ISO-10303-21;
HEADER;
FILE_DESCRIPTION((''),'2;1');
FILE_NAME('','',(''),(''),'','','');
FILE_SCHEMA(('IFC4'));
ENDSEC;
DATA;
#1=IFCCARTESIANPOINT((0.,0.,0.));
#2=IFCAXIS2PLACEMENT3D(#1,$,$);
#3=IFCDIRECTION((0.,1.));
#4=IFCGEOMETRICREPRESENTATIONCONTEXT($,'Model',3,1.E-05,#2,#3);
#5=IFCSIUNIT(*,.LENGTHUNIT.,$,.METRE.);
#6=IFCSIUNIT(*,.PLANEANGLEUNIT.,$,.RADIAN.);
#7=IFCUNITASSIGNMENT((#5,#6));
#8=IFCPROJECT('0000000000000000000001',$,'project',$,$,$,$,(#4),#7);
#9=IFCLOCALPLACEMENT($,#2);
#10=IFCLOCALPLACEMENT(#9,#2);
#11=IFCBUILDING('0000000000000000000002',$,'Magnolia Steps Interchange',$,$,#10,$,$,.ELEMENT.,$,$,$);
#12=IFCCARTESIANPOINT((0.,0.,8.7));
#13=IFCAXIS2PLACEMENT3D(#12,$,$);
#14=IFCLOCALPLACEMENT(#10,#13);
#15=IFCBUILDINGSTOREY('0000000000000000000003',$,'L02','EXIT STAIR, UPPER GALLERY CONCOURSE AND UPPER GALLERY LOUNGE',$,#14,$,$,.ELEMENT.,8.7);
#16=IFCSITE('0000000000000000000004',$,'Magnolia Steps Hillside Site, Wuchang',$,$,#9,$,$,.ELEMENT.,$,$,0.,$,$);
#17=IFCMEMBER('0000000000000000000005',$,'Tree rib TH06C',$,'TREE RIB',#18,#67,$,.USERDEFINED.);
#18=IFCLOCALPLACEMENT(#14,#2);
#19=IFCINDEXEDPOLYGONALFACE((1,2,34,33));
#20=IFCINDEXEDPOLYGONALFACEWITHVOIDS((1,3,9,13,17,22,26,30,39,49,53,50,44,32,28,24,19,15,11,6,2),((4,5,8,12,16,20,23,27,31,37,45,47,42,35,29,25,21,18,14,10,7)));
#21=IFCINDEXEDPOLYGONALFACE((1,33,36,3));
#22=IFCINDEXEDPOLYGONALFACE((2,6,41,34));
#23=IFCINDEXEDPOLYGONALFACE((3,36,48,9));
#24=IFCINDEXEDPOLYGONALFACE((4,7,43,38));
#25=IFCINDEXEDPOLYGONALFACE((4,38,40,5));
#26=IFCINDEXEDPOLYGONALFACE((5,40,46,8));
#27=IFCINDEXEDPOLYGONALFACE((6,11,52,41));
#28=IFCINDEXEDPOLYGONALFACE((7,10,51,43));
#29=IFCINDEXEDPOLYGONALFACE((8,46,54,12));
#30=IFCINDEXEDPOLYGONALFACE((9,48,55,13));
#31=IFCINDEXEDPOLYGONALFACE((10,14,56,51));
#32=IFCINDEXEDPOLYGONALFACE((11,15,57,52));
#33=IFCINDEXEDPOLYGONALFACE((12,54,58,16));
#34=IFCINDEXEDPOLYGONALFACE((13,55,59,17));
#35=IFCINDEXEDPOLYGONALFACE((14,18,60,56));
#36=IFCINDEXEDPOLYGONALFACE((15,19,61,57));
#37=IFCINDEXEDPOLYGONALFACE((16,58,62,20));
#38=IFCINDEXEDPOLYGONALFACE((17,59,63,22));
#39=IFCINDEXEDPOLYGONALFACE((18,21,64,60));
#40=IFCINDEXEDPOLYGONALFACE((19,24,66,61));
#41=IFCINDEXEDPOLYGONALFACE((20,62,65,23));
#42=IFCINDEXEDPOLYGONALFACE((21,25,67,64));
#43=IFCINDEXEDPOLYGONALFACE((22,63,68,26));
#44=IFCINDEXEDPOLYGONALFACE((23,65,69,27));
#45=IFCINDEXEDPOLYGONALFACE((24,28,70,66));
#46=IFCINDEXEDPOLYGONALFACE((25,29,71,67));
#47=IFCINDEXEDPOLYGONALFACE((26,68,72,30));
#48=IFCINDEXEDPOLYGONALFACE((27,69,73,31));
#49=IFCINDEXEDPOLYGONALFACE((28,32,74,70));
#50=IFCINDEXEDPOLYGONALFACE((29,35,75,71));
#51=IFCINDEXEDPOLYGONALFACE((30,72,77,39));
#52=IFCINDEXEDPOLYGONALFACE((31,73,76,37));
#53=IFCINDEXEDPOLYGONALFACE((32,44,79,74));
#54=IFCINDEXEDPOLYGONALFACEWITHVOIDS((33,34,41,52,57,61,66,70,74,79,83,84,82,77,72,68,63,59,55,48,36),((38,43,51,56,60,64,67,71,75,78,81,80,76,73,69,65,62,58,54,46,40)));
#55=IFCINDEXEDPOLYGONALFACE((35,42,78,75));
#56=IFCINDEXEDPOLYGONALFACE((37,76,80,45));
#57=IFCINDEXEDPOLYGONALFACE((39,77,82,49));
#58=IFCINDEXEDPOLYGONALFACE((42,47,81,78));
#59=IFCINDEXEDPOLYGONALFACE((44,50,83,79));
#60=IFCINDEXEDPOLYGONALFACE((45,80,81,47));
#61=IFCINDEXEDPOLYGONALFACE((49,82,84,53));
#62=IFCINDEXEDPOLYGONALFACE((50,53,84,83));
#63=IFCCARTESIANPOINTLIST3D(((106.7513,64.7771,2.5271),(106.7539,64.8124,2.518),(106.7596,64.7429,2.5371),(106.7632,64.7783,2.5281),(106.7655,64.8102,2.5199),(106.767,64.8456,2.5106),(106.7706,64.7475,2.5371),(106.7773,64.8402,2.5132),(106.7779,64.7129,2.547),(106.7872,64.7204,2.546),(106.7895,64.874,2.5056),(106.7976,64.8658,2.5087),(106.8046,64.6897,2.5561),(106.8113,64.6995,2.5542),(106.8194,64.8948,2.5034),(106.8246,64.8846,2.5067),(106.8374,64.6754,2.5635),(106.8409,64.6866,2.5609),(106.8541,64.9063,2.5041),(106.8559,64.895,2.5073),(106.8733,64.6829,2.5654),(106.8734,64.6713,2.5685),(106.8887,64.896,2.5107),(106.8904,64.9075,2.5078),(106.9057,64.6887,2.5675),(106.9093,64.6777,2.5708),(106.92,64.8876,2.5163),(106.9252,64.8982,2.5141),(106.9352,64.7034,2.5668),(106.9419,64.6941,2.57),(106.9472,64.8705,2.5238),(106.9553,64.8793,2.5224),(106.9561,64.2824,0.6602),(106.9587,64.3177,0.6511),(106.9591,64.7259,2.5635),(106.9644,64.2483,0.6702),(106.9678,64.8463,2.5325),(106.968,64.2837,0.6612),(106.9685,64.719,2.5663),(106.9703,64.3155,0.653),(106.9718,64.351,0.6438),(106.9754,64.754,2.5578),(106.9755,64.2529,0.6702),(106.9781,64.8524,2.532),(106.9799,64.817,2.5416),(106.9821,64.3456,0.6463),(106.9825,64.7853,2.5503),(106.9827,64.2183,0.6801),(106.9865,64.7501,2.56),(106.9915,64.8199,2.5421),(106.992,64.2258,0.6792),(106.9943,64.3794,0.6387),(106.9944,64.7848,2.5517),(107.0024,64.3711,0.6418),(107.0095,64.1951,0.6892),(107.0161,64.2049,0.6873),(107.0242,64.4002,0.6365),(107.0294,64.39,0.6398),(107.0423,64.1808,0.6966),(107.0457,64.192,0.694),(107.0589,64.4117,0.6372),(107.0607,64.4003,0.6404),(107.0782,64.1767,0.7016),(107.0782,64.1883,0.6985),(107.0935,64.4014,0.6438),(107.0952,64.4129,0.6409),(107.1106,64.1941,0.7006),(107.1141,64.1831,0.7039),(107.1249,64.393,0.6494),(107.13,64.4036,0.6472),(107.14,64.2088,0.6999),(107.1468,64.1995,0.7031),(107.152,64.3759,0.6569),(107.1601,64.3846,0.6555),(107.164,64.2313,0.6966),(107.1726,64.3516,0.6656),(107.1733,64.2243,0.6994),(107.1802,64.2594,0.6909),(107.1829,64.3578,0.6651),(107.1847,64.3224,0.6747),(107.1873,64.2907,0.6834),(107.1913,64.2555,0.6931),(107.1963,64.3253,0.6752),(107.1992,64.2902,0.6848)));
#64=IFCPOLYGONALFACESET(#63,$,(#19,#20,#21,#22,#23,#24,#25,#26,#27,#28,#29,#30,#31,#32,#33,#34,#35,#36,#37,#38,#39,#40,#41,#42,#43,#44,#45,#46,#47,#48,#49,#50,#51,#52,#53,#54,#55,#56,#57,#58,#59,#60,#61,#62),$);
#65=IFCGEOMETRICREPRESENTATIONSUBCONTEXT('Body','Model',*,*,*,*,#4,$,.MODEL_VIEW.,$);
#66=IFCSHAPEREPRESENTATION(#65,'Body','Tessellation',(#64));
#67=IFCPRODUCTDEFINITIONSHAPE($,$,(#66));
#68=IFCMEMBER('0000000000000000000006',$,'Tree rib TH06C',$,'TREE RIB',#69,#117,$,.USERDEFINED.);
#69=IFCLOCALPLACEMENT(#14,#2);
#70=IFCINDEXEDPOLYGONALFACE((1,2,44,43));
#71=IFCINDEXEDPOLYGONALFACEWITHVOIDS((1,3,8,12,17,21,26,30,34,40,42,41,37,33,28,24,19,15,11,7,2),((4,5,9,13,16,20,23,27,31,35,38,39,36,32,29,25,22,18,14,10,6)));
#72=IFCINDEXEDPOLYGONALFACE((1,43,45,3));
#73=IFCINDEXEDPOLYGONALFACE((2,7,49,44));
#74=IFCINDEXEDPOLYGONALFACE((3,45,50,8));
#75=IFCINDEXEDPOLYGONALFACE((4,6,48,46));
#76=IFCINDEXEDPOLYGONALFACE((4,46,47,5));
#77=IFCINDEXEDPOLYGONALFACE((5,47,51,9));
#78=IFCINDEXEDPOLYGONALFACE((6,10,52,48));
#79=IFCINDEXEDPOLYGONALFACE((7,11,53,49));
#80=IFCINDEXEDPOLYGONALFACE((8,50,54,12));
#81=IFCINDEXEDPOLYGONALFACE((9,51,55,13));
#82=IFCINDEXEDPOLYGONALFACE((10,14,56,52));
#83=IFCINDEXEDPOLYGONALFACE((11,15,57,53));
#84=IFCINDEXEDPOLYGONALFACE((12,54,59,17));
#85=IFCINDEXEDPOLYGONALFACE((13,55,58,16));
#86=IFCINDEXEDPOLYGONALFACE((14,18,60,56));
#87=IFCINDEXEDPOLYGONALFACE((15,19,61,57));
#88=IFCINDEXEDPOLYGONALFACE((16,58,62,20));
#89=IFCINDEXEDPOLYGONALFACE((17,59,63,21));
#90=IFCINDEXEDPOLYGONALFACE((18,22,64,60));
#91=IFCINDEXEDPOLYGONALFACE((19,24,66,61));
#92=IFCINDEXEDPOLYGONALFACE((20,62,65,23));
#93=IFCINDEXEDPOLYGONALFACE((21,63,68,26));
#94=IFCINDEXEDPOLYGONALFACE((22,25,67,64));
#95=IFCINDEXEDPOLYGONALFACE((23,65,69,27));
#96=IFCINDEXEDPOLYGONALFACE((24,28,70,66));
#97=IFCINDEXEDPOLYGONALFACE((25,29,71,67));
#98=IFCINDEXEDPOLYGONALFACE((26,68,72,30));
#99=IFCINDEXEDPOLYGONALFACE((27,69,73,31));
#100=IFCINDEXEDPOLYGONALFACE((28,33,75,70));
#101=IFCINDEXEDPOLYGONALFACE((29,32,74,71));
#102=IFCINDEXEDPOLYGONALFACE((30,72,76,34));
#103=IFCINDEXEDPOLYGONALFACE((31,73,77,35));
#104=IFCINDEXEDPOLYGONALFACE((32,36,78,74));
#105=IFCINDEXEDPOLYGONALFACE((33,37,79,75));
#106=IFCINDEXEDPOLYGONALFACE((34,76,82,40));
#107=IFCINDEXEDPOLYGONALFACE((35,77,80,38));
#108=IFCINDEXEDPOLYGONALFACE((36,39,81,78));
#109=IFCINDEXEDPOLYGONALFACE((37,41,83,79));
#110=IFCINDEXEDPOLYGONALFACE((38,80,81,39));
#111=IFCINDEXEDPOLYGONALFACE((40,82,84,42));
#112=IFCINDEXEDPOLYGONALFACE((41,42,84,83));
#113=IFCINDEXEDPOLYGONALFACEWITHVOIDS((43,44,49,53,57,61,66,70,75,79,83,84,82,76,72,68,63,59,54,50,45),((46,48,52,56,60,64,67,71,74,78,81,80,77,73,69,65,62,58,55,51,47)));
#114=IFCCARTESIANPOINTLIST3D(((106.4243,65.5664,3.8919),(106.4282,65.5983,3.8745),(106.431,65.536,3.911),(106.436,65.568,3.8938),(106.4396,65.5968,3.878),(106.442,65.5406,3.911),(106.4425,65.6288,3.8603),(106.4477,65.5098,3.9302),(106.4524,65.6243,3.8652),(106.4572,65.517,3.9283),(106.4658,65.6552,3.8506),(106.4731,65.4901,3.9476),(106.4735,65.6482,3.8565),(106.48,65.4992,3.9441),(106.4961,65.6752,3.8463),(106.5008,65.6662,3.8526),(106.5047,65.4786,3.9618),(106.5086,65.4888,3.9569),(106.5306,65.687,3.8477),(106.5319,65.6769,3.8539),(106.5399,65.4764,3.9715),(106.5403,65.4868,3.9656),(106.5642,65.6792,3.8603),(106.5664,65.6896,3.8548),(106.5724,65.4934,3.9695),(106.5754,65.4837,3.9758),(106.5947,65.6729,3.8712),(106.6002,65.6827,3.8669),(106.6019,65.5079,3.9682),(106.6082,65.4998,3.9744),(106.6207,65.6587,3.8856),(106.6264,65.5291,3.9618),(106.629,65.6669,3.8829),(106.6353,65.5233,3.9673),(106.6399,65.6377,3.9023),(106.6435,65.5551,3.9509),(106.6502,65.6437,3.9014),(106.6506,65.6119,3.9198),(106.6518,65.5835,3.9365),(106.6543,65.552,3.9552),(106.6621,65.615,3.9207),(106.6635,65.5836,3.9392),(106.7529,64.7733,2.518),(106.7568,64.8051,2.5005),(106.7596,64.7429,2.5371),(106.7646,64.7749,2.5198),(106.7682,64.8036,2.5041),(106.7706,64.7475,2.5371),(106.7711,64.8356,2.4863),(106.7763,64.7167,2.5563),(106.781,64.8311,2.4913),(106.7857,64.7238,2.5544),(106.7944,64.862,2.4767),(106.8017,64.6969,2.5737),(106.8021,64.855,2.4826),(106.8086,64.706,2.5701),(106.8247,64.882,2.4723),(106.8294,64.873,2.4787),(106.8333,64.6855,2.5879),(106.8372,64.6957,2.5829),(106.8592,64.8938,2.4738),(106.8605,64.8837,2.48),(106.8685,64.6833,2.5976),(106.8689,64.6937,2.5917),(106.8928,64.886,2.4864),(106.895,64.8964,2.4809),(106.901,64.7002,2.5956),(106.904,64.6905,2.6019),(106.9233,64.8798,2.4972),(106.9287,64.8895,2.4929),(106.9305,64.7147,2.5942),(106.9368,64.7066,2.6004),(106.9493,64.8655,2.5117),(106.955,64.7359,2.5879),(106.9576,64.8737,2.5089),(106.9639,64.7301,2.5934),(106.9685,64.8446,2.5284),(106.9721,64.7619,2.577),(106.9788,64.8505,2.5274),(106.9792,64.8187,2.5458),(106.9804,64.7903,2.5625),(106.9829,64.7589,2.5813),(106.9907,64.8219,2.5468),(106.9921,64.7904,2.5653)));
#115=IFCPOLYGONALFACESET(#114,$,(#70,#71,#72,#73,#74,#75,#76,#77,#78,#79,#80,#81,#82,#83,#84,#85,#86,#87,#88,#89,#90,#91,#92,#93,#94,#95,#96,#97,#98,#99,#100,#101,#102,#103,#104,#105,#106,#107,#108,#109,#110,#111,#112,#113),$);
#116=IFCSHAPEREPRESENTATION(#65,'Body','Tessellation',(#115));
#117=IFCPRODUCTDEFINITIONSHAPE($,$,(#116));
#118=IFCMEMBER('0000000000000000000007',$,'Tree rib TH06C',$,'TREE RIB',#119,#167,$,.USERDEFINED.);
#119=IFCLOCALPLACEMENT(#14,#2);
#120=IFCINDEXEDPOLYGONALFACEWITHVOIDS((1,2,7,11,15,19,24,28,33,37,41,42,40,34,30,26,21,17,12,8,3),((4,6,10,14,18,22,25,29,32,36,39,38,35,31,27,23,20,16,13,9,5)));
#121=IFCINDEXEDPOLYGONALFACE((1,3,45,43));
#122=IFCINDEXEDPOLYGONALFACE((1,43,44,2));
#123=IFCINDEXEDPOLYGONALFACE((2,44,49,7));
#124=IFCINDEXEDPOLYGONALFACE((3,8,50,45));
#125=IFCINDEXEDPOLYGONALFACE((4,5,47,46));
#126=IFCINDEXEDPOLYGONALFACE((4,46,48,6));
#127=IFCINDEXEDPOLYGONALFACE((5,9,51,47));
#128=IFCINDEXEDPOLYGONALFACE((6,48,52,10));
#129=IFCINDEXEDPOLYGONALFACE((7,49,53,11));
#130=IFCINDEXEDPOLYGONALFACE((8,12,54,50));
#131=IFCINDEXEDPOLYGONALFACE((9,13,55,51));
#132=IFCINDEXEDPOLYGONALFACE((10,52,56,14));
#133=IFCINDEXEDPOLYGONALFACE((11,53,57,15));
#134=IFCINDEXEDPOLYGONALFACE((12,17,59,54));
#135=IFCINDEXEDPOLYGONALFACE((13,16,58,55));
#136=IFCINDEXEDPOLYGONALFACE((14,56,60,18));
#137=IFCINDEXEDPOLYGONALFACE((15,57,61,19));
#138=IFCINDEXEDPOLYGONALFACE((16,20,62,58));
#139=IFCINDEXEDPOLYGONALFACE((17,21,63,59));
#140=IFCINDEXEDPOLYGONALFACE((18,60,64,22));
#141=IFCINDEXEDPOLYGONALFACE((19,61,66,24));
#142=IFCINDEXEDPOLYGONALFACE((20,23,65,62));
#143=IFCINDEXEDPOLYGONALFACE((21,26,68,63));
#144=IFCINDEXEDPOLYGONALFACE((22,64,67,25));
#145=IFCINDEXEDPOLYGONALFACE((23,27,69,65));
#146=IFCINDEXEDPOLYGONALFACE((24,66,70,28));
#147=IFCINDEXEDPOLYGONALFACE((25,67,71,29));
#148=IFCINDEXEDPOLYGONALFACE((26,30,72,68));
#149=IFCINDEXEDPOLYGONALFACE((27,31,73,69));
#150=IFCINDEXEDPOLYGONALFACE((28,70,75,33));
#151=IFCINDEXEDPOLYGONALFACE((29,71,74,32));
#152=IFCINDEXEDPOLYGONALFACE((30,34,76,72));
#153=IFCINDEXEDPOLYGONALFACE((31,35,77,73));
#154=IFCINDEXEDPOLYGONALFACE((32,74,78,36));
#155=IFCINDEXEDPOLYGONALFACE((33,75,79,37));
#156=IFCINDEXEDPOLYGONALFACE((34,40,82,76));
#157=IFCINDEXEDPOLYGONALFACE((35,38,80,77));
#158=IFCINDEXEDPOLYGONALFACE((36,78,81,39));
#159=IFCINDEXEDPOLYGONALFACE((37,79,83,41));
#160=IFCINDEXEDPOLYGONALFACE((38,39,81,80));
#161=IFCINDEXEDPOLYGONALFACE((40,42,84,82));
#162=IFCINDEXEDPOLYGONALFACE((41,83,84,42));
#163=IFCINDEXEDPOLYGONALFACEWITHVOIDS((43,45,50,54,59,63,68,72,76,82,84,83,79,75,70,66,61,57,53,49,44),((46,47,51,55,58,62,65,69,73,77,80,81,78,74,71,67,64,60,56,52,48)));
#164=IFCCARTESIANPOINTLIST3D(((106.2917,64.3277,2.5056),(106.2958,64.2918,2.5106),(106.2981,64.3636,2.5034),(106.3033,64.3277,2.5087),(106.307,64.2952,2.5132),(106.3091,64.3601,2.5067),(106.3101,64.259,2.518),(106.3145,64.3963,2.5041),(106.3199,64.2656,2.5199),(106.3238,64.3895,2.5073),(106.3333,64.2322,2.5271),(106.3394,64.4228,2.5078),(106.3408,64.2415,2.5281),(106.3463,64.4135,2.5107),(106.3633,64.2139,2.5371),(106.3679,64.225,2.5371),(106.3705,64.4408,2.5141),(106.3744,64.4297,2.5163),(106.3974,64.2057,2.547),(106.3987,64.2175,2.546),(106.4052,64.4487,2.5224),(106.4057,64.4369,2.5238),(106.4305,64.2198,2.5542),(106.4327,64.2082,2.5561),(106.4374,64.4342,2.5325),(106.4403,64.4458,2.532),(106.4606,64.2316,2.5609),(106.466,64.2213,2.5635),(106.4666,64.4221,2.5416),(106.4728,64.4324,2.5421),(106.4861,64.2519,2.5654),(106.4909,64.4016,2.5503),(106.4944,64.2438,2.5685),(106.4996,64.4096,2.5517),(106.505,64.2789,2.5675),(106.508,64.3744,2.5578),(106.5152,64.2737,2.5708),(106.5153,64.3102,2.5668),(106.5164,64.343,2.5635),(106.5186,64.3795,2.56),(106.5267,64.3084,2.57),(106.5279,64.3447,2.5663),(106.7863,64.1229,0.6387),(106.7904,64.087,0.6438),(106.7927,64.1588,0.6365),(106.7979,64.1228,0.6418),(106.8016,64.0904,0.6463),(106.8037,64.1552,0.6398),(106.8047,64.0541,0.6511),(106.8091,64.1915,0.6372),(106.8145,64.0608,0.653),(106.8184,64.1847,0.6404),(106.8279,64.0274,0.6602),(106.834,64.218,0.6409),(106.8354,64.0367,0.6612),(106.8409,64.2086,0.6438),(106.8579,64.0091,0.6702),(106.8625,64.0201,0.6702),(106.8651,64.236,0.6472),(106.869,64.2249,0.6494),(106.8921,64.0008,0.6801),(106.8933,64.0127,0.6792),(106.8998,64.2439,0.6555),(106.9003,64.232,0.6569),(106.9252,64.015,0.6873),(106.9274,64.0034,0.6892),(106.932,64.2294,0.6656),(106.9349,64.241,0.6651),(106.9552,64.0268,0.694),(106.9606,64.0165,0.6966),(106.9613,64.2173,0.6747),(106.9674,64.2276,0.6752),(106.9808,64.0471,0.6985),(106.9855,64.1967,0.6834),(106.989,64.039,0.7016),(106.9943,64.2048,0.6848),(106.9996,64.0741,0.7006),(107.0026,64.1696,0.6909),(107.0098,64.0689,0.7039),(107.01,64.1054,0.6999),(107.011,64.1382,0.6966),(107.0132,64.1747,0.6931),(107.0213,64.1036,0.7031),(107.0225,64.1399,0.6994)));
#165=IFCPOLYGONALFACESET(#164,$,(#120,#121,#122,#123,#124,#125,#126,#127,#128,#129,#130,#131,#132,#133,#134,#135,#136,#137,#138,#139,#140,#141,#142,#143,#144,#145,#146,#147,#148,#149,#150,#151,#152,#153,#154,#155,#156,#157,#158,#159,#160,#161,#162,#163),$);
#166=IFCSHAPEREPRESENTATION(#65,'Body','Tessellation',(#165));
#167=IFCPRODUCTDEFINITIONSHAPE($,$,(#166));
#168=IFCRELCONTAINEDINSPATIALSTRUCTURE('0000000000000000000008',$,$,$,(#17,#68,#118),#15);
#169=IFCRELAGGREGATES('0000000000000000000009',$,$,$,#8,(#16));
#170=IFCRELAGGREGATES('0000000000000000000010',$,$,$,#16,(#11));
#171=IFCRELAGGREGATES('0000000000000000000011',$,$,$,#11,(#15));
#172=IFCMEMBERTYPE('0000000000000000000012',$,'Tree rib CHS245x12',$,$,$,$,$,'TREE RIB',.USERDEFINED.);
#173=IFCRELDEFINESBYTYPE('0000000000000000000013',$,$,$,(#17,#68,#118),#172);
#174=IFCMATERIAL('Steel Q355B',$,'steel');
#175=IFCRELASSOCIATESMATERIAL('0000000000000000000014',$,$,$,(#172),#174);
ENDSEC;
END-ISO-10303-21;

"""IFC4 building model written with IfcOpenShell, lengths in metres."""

from ifc_helpers import new_model, si_unit, direction, frame, origin, origin_2d, place, context, subcontext, project, spatial, hollow_circle, extrude, material, material_profile, profile_set, type_object, element, save


model = new_model("IFC4")

# Units and contexts
model_context = context("Model", 3, precision=1e-05, world=origin(), true_north=direction((0.0, 1.0)))
body_context = subcontext(model_context, "Body", "Model", "MODEL_VIEW")
ifc_project = project(units=[si_unit("LENGTHUNIT", "METRE"), si_unit("PLANEANGLEUNIT", "RADIAN")], contexts=[model_context])

# Site, building, storey
site_placement = place(None, origin())
site = spatial("IfcSite", under=ifc_project, at=site_placement, Name="Magnolia Steps Hillside Site, Wuchang", CompositionType="ELEMENT", RefElevation=0.0)
building_placement = place(site_placement, origin())
building = spatial("IfcBuilding", under=site, at=building_placement, Name="Magnolia Steps Interchange", CompositionType="ELEMENT")
storey_placement = place(building_placement, frame((0.0, 0.0, 8.7)))
storey = spatial("IfcBuildingStorey", under=building, at=storey_placement, Name="L02", Description="EXIT STAIR, UPPER GALLERY CONCOURSE AND UPPER GALLERY LOUNGE", CompositionType="ELEMENT", Elevation=8.7)

# Members
ifc_material_1 = material(Name="Steel Q355B", Category="steel")
ifc_material_profile_1 = material_profile(ifc_material_1, hollow_circle(Radius=0.1226, WallThickness=0.012, at=origin_2d()), Name="CHS245x12")
ifc_profile_set_1 = profile_set([ifc_material_profile_1], Name="Steel Q355B")
member_type_1 = type_object("IfcMemberType", Name="Tree rib CHS245x12", ElementType="TREE RIB", PredefinedType="USERDEFINED", material=ifc_profile_set_1)
member_1_placement = place(storey_placement, frame((107.0776, 64.2952, 0.6702), z_axis=(-0.105466, 0.254676, 0.961258), x_axis=(-0.923911, -0.382607, 0.0)))
element("IfcMember", 1, at=member_1_placement, inside=storey, type_object=member_type_1, Name="Tree rib TH06C", ObjectType="TREE RIB", PredefinedType="USERDEFINED", context=body_context, shape_type="SweptSolid", body=[
    extrude(hollow_circle(Radius=0.1226, WallThickness=0.012, at=origin_2d()), origin(), (0.0, 0.0, 1.0), 1.9421),
])
member_2_placement = place(storey_placement, frame((106.8728, 64.7898, 2.5371), z_axis=(-0.20282, 0.489571, 0.848047), x_axis=(-0.923857, -0.382737, 0.0)))
element("IfcMember", 2, at=member_2_placement, inside=storey, type_object=member_type_1, Name="Tree rib TH06C", ObjectType="TREE RIB", PredefinedType="USERDEFINED", context=body_context, shape_type="SweptSolid", body=[
    extrude(hollow_circle(Radius=0.1226, WallThickness=0.012, at=origin_2d()), origin(), (0.0, 0.0, 1.0), 1.6201),
])
member_3_placement = place(storey_placement, frame((106.9048, 64.1223, 0.6702), z_axis=(-0.254676, 0.105466, 0.961258), x_axis=(-0.382607, -0.923911, 0.0)))
element("IfcMember", 3, at=member_3_placement, inside=storey, type_object=member_type_1, Name="Tree rib TH06C", ObjectType="TREE RIB", PredefinedType="USERDEFINED", context=body_context, shape_type="SweptSolid", body=[
    extrude(hollow_circle(Radius=0.1226, WallThickness=0.012, at=origin_2d()), origin(), (0.0, 0.0, 1.0), 1.9421),
])

save(model, "model.ifc")
